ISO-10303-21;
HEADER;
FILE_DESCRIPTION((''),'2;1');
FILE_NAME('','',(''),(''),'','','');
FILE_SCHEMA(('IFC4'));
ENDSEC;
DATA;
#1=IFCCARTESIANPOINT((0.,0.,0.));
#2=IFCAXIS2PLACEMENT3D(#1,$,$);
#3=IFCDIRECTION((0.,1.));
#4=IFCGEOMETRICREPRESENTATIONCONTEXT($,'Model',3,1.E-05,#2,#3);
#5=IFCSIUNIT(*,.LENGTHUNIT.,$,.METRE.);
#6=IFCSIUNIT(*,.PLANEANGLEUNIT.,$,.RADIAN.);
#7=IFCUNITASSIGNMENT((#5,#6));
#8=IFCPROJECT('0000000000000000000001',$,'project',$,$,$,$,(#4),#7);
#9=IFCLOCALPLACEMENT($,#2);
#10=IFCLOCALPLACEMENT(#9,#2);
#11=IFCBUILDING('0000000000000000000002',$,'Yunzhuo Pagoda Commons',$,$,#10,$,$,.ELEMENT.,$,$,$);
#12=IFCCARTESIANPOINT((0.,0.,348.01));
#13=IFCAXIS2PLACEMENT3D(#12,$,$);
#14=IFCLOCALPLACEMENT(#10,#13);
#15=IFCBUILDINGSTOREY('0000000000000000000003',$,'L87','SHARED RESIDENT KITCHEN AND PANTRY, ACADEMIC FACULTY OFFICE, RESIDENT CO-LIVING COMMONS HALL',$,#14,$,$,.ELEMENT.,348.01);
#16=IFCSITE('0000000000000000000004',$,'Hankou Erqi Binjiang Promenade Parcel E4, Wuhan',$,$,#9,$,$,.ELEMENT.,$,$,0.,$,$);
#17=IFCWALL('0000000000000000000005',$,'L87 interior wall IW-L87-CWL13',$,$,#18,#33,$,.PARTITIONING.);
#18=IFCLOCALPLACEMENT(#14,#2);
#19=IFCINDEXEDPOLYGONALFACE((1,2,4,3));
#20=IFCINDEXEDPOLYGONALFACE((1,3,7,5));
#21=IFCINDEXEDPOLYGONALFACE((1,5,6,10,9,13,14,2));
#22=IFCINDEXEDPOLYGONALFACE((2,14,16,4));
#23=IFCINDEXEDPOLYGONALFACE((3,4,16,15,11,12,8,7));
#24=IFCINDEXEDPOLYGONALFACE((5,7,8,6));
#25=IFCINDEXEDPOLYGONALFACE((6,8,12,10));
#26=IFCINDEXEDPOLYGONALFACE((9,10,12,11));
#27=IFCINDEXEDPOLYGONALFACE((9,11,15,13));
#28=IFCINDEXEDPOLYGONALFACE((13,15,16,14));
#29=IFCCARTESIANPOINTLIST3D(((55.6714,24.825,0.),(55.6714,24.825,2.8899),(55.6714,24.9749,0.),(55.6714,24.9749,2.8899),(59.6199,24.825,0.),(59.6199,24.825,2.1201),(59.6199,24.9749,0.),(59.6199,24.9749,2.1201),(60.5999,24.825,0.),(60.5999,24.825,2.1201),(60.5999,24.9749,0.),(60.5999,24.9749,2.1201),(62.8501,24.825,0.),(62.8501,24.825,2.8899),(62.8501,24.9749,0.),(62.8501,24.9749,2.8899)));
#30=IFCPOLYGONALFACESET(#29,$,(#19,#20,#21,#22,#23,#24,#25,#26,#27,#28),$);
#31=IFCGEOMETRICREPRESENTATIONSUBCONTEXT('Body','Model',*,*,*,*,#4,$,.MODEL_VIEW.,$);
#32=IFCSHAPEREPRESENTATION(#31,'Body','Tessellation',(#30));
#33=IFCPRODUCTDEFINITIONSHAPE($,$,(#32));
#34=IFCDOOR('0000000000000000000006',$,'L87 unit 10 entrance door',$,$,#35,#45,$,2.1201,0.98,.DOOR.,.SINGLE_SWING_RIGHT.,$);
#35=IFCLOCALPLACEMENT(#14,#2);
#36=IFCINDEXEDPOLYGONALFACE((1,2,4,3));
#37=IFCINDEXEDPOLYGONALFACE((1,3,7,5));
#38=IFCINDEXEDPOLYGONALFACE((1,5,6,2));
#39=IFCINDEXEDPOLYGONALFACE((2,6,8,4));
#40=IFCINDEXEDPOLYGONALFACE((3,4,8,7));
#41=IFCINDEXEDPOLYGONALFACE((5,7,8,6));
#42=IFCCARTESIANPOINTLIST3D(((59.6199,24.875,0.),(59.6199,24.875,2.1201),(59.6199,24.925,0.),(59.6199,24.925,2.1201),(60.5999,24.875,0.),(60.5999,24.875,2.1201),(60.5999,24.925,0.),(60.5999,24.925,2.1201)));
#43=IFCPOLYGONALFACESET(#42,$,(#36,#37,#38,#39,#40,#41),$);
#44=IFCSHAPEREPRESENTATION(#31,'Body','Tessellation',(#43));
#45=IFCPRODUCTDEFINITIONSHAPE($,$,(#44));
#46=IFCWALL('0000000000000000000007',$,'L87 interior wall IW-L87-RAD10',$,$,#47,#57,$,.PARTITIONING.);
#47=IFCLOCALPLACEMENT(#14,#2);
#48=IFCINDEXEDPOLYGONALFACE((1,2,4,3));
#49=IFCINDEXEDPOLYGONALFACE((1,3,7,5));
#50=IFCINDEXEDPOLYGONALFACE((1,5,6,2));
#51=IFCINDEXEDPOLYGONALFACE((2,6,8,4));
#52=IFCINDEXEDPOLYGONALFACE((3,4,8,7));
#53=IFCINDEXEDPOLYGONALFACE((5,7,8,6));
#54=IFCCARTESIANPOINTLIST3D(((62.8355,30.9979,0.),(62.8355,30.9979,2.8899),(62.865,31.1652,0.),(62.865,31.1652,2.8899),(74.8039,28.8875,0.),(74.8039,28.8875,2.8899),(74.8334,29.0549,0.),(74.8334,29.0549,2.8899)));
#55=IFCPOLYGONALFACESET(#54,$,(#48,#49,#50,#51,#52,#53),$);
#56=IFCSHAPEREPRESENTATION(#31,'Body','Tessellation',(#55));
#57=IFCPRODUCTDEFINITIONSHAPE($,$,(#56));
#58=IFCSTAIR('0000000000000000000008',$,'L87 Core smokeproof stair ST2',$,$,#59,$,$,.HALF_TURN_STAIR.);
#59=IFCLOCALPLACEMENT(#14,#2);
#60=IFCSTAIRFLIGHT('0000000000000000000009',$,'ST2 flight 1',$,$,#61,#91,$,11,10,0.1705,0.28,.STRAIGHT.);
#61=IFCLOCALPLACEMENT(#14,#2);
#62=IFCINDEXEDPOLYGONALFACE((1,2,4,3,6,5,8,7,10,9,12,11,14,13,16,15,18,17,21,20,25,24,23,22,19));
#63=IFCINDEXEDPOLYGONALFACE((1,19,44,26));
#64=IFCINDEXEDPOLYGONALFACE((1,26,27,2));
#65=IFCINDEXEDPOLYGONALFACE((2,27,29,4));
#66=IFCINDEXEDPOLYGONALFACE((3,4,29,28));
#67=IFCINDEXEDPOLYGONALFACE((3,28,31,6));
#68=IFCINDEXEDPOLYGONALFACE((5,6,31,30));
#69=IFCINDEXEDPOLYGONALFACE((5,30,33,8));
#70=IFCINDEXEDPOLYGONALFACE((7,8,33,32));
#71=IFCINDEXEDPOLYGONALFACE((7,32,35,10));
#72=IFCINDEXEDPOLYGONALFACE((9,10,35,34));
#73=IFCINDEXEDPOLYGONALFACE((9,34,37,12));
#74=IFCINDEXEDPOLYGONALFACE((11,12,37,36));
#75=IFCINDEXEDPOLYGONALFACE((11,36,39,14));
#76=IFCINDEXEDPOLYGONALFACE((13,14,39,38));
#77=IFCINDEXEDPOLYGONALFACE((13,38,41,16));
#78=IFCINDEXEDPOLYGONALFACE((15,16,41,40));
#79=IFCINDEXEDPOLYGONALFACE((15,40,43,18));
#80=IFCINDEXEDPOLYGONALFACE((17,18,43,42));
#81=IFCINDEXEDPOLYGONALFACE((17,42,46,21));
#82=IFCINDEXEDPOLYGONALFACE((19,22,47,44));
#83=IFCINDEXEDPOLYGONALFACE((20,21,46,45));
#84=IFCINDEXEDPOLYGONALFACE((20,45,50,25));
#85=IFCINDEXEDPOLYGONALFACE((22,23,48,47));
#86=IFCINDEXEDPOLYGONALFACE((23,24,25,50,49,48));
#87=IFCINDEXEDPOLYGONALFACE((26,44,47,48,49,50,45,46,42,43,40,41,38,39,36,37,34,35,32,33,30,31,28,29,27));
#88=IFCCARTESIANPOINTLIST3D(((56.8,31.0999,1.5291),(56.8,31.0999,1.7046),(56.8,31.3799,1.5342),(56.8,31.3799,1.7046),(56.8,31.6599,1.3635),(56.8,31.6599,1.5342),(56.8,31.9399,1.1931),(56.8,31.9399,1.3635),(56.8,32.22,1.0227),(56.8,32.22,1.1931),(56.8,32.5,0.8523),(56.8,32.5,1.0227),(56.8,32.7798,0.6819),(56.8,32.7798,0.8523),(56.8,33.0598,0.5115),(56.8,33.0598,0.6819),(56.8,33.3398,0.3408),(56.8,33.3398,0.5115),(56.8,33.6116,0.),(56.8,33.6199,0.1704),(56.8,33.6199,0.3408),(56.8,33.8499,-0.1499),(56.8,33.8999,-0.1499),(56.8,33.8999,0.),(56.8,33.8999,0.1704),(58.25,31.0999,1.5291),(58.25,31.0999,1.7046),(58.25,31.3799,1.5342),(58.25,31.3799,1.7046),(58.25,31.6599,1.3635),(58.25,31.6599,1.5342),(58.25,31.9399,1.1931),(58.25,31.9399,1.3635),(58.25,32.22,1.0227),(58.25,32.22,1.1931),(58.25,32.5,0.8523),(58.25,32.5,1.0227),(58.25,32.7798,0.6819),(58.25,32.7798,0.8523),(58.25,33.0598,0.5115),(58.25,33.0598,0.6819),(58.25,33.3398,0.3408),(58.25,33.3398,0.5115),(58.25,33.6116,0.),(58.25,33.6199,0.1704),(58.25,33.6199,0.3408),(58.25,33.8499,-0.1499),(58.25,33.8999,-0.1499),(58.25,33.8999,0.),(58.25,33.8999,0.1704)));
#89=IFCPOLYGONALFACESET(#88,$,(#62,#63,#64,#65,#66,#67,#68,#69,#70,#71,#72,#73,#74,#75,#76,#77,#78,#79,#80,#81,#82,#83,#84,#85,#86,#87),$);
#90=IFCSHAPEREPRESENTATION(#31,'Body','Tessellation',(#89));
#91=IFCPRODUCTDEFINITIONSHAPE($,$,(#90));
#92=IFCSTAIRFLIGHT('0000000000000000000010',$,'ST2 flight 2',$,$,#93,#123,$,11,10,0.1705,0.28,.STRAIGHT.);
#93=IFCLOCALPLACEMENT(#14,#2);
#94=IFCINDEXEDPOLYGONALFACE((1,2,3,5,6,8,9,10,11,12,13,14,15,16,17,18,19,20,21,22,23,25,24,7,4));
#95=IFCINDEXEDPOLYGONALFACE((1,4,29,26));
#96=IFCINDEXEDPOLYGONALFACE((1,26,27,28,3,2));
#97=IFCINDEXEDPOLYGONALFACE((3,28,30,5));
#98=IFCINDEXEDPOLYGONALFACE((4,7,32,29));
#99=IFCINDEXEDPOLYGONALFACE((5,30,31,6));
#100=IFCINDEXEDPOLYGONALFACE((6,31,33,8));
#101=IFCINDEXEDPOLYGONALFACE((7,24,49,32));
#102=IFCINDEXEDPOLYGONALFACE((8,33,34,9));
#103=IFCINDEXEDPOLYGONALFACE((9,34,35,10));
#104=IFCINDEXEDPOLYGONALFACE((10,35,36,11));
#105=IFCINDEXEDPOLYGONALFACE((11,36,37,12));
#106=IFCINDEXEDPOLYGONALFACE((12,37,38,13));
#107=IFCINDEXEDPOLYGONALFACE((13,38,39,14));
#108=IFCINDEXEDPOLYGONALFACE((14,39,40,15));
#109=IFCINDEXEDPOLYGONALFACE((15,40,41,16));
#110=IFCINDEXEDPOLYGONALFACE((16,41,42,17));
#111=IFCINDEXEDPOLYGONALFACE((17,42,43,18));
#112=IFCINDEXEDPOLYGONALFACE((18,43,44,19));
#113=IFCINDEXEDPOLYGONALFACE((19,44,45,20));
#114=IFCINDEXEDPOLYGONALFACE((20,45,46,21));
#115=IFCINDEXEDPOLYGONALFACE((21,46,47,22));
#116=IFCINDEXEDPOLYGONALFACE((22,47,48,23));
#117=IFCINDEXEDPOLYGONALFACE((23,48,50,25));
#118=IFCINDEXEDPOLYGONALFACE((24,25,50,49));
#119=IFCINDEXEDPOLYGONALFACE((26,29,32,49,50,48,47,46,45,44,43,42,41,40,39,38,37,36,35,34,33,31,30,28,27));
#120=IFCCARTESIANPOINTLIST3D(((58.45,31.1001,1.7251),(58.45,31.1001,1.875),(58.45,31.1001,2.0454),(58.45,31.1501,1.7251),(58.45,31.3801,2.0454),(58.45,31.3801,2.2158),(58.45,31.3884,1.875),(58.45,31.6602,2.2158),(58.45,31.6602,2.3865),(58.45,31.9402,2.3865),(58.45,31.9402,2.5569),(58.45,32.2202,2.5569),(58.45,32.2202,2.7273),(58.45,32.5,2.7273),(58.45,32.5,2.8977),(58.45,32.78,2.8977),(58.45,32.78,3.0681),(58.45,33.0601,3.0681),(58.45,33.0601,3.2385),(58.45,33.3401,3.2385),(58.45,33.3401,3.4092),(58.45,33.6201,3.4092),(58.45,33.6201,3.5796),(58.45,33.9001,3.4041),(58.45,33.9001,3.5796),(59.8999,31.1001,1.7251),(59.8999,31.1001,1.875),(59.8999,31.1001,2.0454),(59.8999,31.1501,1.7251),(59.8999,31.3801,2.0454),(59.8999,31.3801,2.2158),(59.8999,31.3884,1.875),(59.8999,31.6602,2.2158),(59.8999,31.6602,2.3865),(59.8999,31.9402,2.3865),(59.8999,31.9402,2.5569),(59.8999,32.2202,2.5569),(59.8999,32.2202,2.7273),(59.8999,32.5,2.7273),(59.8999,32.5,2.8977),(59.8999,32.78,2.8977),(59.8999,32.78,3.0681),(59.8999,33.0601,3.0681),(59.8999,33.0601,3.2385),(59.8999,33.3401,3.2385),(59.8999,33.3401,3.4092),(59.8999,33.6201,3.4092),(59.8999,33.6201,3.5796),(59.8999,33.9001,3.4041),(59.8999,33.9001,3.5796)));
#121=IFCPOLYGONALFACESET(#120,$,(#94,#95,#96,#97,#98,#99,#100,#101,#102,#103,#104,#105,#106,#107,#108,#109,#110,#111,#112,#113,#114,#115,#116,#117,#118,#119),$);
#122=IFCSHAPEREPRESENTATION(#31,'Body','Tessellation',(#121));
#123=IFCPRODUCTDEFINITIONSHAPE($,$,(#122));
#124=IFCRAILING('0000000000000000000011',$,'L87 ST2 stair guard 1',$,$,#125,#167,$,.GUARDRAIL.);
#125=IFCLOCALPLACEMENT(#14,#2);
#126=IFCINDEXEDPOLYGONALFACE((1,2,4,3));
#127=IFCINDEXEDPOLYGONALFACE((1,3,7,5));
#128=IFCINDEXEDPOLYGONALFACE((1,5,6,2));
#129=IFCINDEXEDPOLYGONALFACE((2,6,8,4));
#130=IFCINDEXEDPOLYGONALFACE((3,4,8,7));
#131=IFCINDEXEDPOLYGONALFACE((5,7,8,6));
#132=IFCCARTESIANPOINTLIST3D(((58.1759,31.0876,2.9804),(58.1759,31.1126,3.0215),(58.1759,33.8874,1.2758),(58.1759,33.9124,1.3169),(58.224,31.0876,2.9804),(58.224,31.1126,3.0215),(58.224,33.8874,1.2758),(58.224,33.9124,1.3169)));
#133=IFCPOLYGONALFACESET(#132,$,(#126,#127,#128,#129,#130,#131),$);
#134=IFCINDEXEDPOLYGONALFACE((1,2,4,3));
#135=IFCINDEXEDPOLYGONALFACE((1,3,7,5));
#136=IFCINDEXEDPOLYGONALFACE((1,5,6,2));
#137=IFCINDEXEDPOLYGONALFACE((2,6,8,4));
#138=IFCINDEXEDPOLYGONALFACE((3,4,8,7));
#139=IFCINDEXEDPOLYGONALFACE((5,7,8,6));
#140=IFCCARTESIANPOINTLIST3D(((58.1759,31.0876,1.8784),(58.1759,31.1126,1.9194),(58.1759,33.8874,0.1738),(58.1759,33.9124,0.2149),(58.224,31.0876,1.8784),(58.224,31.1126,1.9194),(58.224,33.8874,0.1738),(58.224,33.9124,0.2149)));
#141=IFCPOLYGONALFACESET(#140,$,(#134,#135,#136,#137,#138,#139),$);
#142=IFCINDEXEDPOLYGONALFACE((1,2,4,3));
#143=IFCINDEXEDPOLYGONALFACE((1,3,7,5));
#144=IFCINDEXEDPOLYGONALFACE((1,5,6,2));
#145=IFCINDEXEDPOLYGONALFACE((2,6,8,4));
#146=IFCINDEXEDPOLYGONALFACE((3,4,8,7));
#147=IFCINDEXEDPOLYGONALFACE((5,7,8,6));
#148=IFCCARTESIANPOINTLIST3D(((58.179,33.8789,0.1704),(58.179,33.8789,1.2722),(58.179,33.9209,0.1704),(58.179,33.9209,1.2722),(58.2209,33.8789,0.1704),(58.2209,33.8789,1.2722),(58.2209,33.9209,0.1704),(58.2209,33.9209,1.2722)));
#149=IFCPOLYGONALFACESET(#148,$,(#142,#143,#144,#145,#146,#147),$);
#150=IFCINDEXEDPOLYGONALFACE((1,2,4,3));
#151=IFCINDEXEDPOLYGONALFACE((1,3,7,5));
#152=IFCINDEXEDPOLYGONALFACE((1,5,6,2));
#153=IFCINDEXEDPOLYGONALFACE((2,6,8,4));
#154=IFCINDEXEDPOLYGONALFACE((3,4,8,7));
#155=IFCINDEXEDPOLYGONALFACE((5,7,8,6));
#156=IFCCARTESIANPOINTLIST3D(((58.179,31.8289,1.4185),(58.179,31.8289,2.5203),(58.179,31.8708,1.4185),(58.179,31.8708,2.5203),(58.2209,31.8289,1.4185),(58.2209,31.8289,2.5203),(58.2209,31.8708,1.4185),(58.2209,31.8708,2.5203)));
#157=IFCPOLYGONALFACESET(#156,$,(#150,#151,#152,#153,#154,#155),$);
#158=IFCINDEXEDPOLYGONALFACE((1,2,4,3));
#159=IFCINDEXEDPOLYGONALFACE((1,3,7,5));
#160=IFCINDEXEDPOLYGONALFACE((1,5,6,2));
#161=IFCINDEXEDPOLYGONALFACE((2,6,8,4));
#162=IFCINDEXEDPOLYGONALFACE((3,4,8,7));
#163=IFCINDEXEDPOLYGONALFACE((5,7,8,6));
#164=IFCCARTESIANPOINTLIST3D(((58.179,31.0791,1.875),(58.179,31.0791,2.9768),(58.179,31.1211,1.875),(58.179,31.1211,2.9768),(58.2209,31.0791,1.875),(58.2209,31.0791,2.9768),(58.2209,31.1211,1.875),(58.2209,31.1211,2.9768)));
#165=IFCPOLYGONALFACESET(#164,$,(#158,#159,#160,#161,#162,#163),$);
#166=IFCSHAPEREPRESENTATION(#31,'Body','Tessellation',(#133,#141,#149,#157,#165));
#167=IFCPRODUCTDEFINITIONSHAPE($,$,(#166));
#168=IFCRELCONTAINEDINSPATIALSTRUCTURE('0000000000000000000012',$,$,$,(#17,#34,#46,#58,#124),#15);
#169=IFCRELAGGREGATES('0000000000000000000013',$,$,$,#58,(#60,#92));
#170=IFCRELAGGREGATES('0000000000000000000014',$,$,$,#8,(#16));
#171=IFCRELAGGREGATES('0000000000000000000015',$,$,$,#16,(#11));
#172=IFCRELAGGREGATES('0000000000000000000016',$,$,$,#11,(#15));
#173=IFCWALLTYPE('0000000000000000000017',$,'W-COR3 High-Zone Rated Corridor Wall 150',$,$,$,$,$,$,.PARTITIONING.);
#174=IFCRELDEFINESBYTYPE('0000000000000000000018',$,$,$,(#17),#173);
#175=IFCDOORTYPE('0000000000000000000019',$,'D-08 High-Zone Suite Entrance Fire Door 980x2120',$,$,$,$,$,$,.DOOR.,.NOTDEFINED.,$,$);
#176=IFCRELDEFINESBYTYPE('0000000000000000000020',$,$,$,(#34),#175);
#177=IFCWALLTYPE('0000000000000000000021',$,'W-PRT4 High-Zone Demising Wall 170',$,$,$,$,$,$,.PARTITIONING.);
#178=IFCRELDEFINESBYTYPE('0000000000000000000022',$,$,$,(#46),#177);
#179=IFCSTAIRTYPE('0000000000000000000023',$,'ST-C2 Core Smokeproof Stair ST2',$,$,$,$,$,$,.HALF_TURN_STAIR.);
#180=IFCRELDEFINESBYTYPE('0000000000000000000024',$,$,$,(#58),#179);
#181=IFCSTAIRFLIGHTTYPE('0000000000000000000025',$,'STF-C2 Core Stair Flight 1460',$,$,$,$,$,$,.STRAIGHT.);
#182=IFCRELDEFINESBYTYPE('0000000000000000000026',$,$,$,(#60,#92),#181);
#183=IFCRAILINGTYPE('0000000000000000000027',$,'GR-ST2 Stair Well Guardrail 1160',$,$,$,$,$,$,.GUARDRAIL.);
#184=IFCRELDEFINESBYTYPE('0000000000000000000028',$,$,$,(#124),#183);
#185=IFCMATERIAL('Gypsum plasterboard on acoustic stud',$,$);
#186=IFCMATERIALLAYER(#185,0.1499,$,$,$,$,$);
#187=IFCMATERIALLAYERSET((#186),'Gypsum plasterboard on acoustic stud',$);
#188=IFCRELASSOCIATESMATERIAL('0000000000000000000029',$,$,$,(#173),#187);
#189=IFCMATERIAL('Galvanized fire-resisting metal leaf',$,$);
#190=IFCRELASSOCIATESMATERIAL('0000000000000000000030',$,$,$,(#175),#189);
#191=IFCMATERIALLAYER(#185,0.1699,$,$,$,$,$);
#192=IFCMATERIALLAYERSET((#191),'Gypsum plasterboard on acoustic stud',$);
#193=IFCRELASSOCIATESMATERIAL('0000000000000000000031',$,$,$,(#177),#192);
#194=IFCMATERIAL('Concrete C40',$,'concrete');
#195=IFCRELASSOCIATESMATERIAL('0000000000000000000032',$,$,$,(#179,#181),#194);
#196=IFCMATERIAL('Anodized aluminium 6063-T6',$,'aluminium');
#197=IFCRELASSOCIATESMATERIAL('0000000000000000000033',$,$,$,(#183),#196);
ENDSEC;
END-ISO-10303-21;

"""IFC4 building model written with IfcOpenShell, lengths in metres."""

from ifc_helpers import new_model, si_unit, direction, frame, frame_2d, origin, origin_with_axes, origin_2d, place, context, subcontext, project, spatial, polyline, rectangle, outline, extrude, source, transform, mapped, material, layer, layer_set, type_object, element, fill, aggregate, save


model = new_model("IFC4")

# Units and contexts
model_context = context("Model", 3, precision=1e-05, world=origin(), true_north=direction((0.0, 1.0)))
body_context = subcontext(model_context, "Body", "Model", "MODEL_VIEW")
ifc_project = project(units=[si_unit("LENGTHUNIT", "METRE"), si_unit("PLANEANGLEUNIT", "RADIAN")], contexts=[model_context])

# Site, building, storey
site_placement = place(None, origin())
site = spatial("IfcSite", under=ifc_project, at=site_placement, Name="Hankou Erqi Binjiang Promenade Parcel E4, Wuhan", CompositionType="ELEMENT", RefElevation=0.0)
building_placement = place(site_placement, origin())
building = spatial("IfcBuilding", under=site, at=building_placement, Name="Yunzhuo Pagoda Commons", CompositionType="ELEMENT")
storey_placement = place(building_placement, frame((0.0, 0.0, 348.01)))
storey = spatial("IfcBuildingStorey", under=building, at=storey_placement, Name="L87", Description="SHARED RESIDENT KITCHEN AND PANTRY, ACADEMIC FACULTY OFFICE, RESIDENT CO-LIVING COMMONS HALL", CompositionType="ELEMENT", Elevation=348.01)

# Shared definitions
ifc_material_1 = material(Name="Anodized aluminium 6063-T6", Category="aluminium")

# Shared definitions
ifc_material_2 = material(Name="Gypsum plasterboard on acoustic stud")
ifc_layer_1 = layer(ifc_material_2, 0.1499)
ifc_layer_set_1 = layer_set([ifc_layer_1], Name="Gypsum plasterboard on acoustic stud")
wall_type_1 = type_object("IfcWallType", Name="W-COR3 High-Zone Rated Corridor Wall 150", PredefinedType="PARTITIONING", material=ifc_layer_set_1)

# Wall, opening, door
wall_1_placement = place(storey_placement, frame((62.8501, 24.8999, 0.0), z_axis=(0.0, 0.0, 1.0), x_axis=(-1.0, 0.0, 0.0)))
wall_1 = element("IfcWall", 1, at=wall_1_placement, inside=storey, type_object=wall_type_1, Name="L87 interior wall IW-L87-CWL13", PredefinedType="PARTITIONING", context=body_context, shape_type="SweptSolid", body=[
    extrude(rectangle(XDim=7.1787, YDim=0.1499, at=frame_2d((3.5894, 0.0))), origin(), (0.0, 0.0, 1.0), 2.8899),
])
opening_placement = place(wall_1_placement, frame((2.2502, 0.0, 0.0)))
opening = element("IfcOpeningElement", 2, at=opening_placement, cuts=wall_1, PredefinedType="OPENING", context=body_context, shape_type="SweptSolid", body=[
    extrude(rectangle(XDim=0.98, YDim=2.1201, at=frame_2d((0.49, 1.0601))), frame((0.0, 0.085, 0.0), z_axis=(0.0, -1.0, 0.0), x_axis=(1.0, 0.0, 0.0)), (0.0, 0.0, 1.0), 0.1699),
])
ifc_material_3 = material(Name="Galvanized fire-resisting metal leaf")
door_type = type_object("IfcDoorType", Name="D-08 High-Zone Suite Entrance Fire Door 980x2120", OperationType="NOTDEFINED", PredefinedType="DOOR", material=ifc_material_3)
shared_shape_1 = source(origin(), body_context, "Body", "SweptSolid", [
    extrude(rectangle(XDim=0.98, YDim=2.1201, at=frame_2d((0.49, 1.0601))), frame((0.0, 0.0249, 0.0), z_axis=(0.0, -1.0, 0.0), x_axis=(1.0, 0.0, 0.0)), (0.0, 0.0, 1.0), 0.05),
])
door_placement = place(opening_placement, origin_with_axes())
door = element("IfcDoor", 3, at=door_placement, inside=storey, type_object=door_type, Name="L87 unit 10 entrance door", OperationType="SINGLE_SWING_RIGHT", OverallHeight=2.1201, OverallWidth=0.98, PredefinedType="DOOR", context=body_context, shape_type="MappedRepresentation", body=[
    mapped(shared_shape_1, transform((0.0, 0.0, 0.0), scale=1.0)),
])
fill(opening, door)

# Wall
ifc_layer_2 = layer(ifc_material_2, 0.1699)
ifc_layer_set_2 = layer_set([ifc_layer_2], Name="Gypsum plasterboard on acoustic stud")
wall_type_2 = type_object("IfcWallType", Name="W-PRT4 High-Zone Demising Wall 170", PredefinedType="PARTITIONING", material=ifc_layer_set_2)
wall_2_placement = place(storey_placement, frame((62.8501, 31.0815, 0.0), z_axis=(0.0, 0.0, 1.0), x_axis=(0.984808, -0.173647, 0.0)))
element("IfcWall", 4, at=wall_2_placement, inside=storey, type_object=wall_type_2, Name="L87 interior wall IW-L87-RAD10", PredefinedType="PARTITIONING", context=body_context, shape_type="SweptSolid", body=[
    extrude(rectangle(XDim=12.1531, YDim=0.1699, at=frame_2d((6.0767, 0.0))), origin(), (0.0, 0.0, 1.0), 2.8899),
])

# Stair, stair flights
ifc_material_4 = material(Name="Concrete C40", Category="concrete")
stair_type = type_object("IfcStairType", Name="ST-C2 Core Smokeproof Stair ST2", PredefinedType="HALF_TURN_STAIR", material=ifc_material_4)
stair_placement = place(storey_placement, origin())
stair = element("IfcStair", 5, at=stair_placement, inside=storey, type_object=stair_type, Name="L87 Core smokeproof stair ST2", PredefinedType="HALF_TURN_STAIR")
stair_flight_type = type_object("IfcStairFlightType", Name="STF-C2 Core Stair Flight 1460", PredefinedType="STRAIGHT", material=ifc_material_4)
shared_shape_2 = source(origin(), body_context, "Body", "SweptSolid", [
    extrude(outline(polyline([(0.0, -0.1499), (0.0, 0.0), (0.0, 0.1704), (0.28, 0.1704), (0.28, 0.3408), (0.5601, 0.3408), (0.5601, 0.5115), (0.8401, 0.5115), (0.8401, 0.6819), (1.1201, 0.6819), (1.1201, 0.8523), (1.3999, 0.8523), (1.3999, 1.0227), (1.6799, 1.0227), (1.6799, 1.1931), (1.96, 1.1931), (1.96, 1.3635), (2.24, 1.3635), (2.24, 1.5342), (2.52, 1.5342), (2.52, 1.7046), (2.8, 1.7046), (2.8, 1.875), (2.8, 1.5291), (0.2883, 0.0), (0.05, -0.1499), (0.0, -0.1499)])), frame((0.0, 0.7251, 0.0), z_axis=(0.0, -1.0, 0.0), x_axis=(1.0, 0.0, 0.0)), (0.0, 0.0, 1.0), 1.45),
])
stair_flight_1_placement = place(storey_placement, frame((57.5249, 33.8999, 0.0), z_axis=(0.0, 0.0, 1.0), x_axis=(0.0, -1.0, 0.0)))
stair_flight_1 = element("IfcStairFlight", 6, at=stair_flight_1_placement, type_object=stair_flight_type, Name="ST2 flight 1", NumberOfRisers=11, NumberOfTreads=10, PredefinedType="STRAIGHT", RiserHeight=0.1705, TreadLength=0.28, context=body_context, shape_type="MappedRepresentation", body=[
    mapped(shared_shape_2, transform((0.0, 0.0, 0.0), scale=1.0)),
])
stair_flight_2_placement = place(storey_placement, frame((59.175, 31.1001, 1.875), z_axis=(0.0, 0.0, 1.0), x_axis=(0.0, 1.0, 0.0)))
stair_flight_2 = element("IfcStairFlight", 7, at=stair_flight_2_placement, type_object=stair_flight_type, Name="ST2 flight 2", NumberOfRisers=11, NumberOfTreads=10, PredefinedType="STRAIGHT", RiserHeight=0.1705, TreadLength=0.28, context=body_context, shape_type="MappedRepresentation", body=[
    mapped(shared_shape_2, transform((0.0, 0.0, 0.0), scale=1.0)),
])
aggregate(stair, [stair_flight_1, stair_flight_2])

# Railing
railing_type_1 = type_object("IfcRailingType", Name="GR-ST2 Stair Well Guardrail 1160", PredefinedType="GUARDRAIL", material=ifc_material_1)
railing_1_placement = place(storey_placement, frame((58.2, 33.8999, 0.1704)))
element("IfcRailing", 8, at=railing_1_placement, inside=storey, type_object=railing_type_1, Name="L87 ST2 stair guard 1", PredefinedType="GUARDRAIL", context=body_context, shape_type="SweptSolid", body=[
    extrude(rectangle(XDim=0.0481, YDim=0.0481, at=origin_2d()), frame((0.0, 0.0, 1.126), z_axis=(0.0, -0.85415, 0.520027), x_axis=(1.0, 0.0, 0.0)), (0.0, 0.0, 1.0), 3.2778),
    extrude(rectangle(XDim=0.0481, YDim=0.0481, at=origin_2d()), frame((0.0, 0.0, 0.0239), z_axis=(0.0, -0.85415, 0.520027), x_axis=(1.0, 0.0, 0.0)), (0.0, 0.0, 1.0), 3.2778),
    extrude(rectangle(XDim=0.042, YDim=0.042, at=origin_2d()), origin(), (0.0, 0.0, 1.0), 1.1018),
    extrude(rectangle(XDim=0.042, YDim=0.042, at=origin_2d()), frame((0.0, -2.05, 1.248)), (0.0, 0.0, 1.0), 1.1018),
    extrude(rectangle(XDim=0.042, YDim=0.042, at=origin_2d()), frame((0.0, -2.7998, 1.7046)), (0.0, 0.0, 1.0), 1.1018),
])

save(model, "model.ifc")
